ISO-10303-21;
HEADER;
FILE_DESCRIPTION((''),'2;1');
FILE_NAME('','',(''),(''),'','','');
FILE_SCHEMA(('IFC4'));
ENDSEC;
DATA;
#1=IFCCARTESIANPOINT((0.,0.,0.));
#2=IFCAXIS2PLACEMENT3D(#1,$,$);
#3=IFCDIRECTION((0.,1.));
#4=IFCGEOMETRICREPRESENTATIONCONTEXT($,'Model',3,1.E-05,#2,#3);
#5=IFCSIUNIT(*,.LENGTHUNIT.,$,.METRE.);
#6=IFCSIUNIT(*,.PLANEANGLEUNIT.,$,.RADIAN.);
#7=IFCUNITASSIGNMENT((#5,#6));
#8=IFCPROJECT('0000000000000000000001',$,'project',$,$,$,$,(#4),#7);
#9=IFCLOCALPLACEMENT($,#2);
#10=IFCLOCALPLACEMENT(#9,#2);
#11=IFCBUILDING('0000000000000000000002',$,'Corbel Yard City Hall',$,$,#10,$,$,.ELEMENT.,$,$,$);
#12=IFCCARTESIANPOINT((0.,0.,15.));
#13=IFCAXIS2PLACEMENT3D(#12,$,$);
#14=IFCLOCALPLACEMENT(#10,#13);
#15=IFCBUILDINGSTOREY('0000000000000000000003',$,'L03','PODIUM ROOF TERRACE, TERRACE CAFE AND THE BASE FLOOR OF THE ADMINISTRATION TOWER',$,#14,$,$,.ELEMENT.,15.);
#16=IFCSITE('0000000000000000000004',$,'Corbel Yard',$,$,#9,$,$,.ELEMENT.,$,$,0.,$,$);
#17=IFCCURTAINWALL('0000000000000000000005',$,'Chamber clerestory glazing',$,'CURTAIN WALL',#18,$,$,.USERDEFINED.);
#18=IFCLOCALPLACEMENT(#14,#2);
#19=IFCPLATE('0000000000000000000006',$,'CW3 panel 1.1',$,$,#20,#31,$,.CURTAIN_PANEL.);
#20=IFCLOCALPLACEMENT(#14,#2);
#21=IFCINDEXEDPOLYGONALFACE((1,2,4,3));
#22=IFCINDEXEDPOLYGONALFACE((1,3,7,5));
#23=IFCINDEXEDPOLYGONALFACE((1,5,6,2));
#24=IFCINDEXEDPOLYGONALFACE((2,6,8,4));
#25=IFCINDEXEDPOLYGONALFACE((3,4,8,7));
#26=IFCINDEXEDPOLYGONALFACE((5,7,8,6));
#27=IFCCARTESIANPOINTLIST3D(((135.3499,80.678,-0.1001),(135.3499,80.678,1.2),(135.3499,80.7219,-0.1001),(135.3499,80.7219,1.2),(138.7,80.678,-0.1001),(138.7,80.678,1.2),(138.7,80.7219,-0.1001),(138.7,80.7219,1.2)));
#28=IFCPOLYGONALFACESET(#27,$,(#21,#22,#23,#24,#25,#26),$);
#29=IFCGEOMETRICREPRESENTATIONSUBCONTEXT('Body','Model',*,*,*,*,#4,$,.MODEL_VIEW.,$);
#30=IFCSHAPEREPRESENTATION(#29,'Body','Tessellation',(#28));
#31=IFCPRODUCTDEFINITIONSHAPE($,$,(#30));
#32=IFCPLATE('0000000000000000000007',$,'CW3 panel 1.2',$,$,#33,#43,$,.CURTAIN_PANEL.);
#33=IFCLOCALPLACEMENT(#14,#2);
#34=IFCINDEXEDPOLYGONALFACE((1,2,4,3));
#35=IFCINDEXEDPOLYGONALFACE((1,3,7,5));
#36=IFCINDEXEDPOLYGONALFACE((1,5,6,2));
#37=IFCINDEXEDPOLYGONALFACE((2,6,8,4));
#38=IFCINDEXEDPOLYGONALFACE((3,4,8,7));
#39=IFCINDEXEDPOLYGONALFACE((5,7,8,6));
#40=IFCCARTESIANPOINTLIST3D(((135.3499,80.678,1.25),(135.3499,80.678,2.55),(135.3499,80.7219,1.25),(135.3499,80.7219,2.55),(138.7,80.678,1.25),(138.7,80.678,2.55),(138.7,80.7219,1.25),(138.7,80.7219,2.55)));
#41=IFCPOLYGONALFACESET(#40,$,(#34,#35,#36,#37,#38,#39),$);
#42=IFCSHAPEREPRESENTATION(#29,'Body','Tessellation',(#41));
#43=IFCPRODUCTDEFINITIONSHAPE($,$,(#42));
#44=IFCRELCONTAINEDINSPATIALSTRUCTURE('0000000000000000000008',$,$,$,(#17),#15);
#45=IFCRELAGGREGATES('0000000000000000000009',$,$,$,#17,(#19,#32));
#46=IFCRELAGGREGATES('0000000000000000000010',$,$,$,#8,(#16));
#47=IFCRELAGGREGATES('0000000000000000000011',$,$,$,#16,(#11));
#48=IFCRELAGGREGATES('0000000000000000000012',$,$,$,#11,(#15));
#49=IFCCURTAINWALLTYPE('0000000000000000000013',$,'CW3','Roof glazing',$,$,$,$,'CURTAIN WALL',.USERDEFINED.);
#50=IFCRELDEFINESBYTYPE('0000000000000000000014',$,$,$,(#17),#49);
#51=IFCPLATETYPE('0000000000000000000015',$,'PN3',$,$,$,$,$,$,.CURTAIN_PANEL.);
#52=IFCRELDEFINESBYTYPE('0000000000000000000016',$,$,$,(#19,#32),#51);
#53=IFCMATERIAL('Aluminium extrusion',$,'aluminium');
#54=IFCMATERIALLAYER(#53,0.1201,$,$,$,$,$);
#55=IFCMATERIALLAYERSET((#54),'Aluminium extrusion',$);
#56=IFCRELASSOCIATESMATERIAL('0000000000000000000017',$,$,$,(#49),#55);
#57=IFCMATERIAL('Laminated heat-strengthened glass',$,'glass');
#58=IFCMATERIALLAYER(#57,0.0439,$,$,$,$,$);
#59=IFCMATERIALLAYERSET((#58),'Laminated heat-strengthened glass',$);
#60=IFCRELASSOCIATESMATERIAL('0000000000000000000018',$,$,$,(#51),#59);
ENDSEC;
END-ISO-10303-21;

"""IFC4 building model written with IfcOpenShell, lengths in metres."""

from ifc_helpers import new_model, si_unit, direction, frame, origin, origin_2d, place, context, subcontext, project, spatial, rectangle, extrude, material, layer, layer_set, type_object, element, aggregate, save


model = new_model("IFC4")

# Units and contexts
model_context = context("Model", 3, precision=1e-05, world=origin(), true_north=direction((0.0, 1.0)))
body_context = subcontext(model_context, "Body", "Model", "MODEL_VIEW")
ifc_project = project(units=[si_unit("LENGTHUNIT", "METRE"), si_unit("PLANEANGLEUNIT", "RADIAN")], contexts=[model_context])

# Site, building, storey
site_placement = place(None, origin())
site = spatial("IfcSite", under=ifc_project, at=site_placement, Name="Corbel Yard", CompositionType="ELEMENT", RefElevation=0.0)
building_placement = place(site_placement, origin())
building = spatial("IfcBuilding", under=site, at=building_placement, Name="Corbel Yard City Hall", CompositionType="ELEMENT")
storey_placement = place(building_placement, frame((0.0, 0.0, 15.0)))
storey = spatial("IfcBuildingStorey", under=building, at=storey_placement, Name="L03", Description="PODIUM ROOF TERRACE, TERRACE CAFE AND THE BASE FLOOR OF THE ADMINISTRATION TOWER", CompositionType="ELEMENT", Elevation=15.0)

# Shared definitions
ifc_material_1 = material(Name="Aluminium extrusion", Category="aluminium")
ifc_layer_1 = layer(ifc_material_1, 0.1201)
ifc_layer_set_1 = layer_set([ifc_layer_1], Name="Aluminium extrusion")
curtain_wall_type = type_object("IfcCurtainWallType", Name="CW3", Description="Roof glazing", ElementType="CURTAIN WALL", PredefinedType="USERDEFINED", material=ifc_layer_set_1)

# Curtain wall
curtain_wall_1_placement = place(storey_placement, origin())
curtain_wall_1 = element("IfcCurtainWall", 1, at=curtain_wall_1_placement, inside=storey, type_object=curtain_wall_type, Name="Chamber clerestory glazing", ObjectType="CURTAIN WALL", PredefinedType="USERDEFINED")

# Plates
ifc_material_2 = material(Name="Laminated heat-strengthened glass", Category="glass")
ifc_layer_2 = layer(ifc_material_2, 0.0439)
ifc_layer_set_2 = layer_set([ifc_layer_2], Name="Laminated heat-strengthened glass")
plate_type = type_object("IfcPlateType", Name="PN3", PredefinedType="CURTAIN_PANEL", material=ifc_layer_set_2)
plate_1_placement = place(storey_placement, frame((137.0249, 80.7, -0.1001), z_axis=(0.0, 0.0, 1.0), x_axis=(1.0, 0.0, 0.0)))
plate_1 = element("IfcPlate", 2, at=plate_1_placement, type_object=plate_type, Name="CW3 panel 1.1", PredefinedType="CURTAIN_PANEL", context=body_context, shape_type="SweptSolid", body=[
    extrude(rectangle(XDim=3.3501, YDim=0.0439, at=origin_2d()), origin(), (0.0, 0.0, 1.0), 1.3),
])
plate_2_placement = place(storey_placement, frame((137.0249, 80.7, 1.25), z_axis=(0.0, 0.0, 1.0), x_axis=(1.0, 0.0, 0.0)))
plate_2 = element("IfcPlate", 3, at=plate_2_placement, type_object=plate_type, Name="CW3 panel 1.2", PredefinedType="CURTAIN_PANEL", context=body_context, shape_type="SweptSolid", body=[
    extrude(rectangle(XDim=3.3501, YDim=0.0439, at=origin_2d()), origin(), (0.0, 0.0, 1.0), 1.3),
])
aggregate(curtain_wall_1, [plate_1, plate_2])

save(model, "model.ifc")
